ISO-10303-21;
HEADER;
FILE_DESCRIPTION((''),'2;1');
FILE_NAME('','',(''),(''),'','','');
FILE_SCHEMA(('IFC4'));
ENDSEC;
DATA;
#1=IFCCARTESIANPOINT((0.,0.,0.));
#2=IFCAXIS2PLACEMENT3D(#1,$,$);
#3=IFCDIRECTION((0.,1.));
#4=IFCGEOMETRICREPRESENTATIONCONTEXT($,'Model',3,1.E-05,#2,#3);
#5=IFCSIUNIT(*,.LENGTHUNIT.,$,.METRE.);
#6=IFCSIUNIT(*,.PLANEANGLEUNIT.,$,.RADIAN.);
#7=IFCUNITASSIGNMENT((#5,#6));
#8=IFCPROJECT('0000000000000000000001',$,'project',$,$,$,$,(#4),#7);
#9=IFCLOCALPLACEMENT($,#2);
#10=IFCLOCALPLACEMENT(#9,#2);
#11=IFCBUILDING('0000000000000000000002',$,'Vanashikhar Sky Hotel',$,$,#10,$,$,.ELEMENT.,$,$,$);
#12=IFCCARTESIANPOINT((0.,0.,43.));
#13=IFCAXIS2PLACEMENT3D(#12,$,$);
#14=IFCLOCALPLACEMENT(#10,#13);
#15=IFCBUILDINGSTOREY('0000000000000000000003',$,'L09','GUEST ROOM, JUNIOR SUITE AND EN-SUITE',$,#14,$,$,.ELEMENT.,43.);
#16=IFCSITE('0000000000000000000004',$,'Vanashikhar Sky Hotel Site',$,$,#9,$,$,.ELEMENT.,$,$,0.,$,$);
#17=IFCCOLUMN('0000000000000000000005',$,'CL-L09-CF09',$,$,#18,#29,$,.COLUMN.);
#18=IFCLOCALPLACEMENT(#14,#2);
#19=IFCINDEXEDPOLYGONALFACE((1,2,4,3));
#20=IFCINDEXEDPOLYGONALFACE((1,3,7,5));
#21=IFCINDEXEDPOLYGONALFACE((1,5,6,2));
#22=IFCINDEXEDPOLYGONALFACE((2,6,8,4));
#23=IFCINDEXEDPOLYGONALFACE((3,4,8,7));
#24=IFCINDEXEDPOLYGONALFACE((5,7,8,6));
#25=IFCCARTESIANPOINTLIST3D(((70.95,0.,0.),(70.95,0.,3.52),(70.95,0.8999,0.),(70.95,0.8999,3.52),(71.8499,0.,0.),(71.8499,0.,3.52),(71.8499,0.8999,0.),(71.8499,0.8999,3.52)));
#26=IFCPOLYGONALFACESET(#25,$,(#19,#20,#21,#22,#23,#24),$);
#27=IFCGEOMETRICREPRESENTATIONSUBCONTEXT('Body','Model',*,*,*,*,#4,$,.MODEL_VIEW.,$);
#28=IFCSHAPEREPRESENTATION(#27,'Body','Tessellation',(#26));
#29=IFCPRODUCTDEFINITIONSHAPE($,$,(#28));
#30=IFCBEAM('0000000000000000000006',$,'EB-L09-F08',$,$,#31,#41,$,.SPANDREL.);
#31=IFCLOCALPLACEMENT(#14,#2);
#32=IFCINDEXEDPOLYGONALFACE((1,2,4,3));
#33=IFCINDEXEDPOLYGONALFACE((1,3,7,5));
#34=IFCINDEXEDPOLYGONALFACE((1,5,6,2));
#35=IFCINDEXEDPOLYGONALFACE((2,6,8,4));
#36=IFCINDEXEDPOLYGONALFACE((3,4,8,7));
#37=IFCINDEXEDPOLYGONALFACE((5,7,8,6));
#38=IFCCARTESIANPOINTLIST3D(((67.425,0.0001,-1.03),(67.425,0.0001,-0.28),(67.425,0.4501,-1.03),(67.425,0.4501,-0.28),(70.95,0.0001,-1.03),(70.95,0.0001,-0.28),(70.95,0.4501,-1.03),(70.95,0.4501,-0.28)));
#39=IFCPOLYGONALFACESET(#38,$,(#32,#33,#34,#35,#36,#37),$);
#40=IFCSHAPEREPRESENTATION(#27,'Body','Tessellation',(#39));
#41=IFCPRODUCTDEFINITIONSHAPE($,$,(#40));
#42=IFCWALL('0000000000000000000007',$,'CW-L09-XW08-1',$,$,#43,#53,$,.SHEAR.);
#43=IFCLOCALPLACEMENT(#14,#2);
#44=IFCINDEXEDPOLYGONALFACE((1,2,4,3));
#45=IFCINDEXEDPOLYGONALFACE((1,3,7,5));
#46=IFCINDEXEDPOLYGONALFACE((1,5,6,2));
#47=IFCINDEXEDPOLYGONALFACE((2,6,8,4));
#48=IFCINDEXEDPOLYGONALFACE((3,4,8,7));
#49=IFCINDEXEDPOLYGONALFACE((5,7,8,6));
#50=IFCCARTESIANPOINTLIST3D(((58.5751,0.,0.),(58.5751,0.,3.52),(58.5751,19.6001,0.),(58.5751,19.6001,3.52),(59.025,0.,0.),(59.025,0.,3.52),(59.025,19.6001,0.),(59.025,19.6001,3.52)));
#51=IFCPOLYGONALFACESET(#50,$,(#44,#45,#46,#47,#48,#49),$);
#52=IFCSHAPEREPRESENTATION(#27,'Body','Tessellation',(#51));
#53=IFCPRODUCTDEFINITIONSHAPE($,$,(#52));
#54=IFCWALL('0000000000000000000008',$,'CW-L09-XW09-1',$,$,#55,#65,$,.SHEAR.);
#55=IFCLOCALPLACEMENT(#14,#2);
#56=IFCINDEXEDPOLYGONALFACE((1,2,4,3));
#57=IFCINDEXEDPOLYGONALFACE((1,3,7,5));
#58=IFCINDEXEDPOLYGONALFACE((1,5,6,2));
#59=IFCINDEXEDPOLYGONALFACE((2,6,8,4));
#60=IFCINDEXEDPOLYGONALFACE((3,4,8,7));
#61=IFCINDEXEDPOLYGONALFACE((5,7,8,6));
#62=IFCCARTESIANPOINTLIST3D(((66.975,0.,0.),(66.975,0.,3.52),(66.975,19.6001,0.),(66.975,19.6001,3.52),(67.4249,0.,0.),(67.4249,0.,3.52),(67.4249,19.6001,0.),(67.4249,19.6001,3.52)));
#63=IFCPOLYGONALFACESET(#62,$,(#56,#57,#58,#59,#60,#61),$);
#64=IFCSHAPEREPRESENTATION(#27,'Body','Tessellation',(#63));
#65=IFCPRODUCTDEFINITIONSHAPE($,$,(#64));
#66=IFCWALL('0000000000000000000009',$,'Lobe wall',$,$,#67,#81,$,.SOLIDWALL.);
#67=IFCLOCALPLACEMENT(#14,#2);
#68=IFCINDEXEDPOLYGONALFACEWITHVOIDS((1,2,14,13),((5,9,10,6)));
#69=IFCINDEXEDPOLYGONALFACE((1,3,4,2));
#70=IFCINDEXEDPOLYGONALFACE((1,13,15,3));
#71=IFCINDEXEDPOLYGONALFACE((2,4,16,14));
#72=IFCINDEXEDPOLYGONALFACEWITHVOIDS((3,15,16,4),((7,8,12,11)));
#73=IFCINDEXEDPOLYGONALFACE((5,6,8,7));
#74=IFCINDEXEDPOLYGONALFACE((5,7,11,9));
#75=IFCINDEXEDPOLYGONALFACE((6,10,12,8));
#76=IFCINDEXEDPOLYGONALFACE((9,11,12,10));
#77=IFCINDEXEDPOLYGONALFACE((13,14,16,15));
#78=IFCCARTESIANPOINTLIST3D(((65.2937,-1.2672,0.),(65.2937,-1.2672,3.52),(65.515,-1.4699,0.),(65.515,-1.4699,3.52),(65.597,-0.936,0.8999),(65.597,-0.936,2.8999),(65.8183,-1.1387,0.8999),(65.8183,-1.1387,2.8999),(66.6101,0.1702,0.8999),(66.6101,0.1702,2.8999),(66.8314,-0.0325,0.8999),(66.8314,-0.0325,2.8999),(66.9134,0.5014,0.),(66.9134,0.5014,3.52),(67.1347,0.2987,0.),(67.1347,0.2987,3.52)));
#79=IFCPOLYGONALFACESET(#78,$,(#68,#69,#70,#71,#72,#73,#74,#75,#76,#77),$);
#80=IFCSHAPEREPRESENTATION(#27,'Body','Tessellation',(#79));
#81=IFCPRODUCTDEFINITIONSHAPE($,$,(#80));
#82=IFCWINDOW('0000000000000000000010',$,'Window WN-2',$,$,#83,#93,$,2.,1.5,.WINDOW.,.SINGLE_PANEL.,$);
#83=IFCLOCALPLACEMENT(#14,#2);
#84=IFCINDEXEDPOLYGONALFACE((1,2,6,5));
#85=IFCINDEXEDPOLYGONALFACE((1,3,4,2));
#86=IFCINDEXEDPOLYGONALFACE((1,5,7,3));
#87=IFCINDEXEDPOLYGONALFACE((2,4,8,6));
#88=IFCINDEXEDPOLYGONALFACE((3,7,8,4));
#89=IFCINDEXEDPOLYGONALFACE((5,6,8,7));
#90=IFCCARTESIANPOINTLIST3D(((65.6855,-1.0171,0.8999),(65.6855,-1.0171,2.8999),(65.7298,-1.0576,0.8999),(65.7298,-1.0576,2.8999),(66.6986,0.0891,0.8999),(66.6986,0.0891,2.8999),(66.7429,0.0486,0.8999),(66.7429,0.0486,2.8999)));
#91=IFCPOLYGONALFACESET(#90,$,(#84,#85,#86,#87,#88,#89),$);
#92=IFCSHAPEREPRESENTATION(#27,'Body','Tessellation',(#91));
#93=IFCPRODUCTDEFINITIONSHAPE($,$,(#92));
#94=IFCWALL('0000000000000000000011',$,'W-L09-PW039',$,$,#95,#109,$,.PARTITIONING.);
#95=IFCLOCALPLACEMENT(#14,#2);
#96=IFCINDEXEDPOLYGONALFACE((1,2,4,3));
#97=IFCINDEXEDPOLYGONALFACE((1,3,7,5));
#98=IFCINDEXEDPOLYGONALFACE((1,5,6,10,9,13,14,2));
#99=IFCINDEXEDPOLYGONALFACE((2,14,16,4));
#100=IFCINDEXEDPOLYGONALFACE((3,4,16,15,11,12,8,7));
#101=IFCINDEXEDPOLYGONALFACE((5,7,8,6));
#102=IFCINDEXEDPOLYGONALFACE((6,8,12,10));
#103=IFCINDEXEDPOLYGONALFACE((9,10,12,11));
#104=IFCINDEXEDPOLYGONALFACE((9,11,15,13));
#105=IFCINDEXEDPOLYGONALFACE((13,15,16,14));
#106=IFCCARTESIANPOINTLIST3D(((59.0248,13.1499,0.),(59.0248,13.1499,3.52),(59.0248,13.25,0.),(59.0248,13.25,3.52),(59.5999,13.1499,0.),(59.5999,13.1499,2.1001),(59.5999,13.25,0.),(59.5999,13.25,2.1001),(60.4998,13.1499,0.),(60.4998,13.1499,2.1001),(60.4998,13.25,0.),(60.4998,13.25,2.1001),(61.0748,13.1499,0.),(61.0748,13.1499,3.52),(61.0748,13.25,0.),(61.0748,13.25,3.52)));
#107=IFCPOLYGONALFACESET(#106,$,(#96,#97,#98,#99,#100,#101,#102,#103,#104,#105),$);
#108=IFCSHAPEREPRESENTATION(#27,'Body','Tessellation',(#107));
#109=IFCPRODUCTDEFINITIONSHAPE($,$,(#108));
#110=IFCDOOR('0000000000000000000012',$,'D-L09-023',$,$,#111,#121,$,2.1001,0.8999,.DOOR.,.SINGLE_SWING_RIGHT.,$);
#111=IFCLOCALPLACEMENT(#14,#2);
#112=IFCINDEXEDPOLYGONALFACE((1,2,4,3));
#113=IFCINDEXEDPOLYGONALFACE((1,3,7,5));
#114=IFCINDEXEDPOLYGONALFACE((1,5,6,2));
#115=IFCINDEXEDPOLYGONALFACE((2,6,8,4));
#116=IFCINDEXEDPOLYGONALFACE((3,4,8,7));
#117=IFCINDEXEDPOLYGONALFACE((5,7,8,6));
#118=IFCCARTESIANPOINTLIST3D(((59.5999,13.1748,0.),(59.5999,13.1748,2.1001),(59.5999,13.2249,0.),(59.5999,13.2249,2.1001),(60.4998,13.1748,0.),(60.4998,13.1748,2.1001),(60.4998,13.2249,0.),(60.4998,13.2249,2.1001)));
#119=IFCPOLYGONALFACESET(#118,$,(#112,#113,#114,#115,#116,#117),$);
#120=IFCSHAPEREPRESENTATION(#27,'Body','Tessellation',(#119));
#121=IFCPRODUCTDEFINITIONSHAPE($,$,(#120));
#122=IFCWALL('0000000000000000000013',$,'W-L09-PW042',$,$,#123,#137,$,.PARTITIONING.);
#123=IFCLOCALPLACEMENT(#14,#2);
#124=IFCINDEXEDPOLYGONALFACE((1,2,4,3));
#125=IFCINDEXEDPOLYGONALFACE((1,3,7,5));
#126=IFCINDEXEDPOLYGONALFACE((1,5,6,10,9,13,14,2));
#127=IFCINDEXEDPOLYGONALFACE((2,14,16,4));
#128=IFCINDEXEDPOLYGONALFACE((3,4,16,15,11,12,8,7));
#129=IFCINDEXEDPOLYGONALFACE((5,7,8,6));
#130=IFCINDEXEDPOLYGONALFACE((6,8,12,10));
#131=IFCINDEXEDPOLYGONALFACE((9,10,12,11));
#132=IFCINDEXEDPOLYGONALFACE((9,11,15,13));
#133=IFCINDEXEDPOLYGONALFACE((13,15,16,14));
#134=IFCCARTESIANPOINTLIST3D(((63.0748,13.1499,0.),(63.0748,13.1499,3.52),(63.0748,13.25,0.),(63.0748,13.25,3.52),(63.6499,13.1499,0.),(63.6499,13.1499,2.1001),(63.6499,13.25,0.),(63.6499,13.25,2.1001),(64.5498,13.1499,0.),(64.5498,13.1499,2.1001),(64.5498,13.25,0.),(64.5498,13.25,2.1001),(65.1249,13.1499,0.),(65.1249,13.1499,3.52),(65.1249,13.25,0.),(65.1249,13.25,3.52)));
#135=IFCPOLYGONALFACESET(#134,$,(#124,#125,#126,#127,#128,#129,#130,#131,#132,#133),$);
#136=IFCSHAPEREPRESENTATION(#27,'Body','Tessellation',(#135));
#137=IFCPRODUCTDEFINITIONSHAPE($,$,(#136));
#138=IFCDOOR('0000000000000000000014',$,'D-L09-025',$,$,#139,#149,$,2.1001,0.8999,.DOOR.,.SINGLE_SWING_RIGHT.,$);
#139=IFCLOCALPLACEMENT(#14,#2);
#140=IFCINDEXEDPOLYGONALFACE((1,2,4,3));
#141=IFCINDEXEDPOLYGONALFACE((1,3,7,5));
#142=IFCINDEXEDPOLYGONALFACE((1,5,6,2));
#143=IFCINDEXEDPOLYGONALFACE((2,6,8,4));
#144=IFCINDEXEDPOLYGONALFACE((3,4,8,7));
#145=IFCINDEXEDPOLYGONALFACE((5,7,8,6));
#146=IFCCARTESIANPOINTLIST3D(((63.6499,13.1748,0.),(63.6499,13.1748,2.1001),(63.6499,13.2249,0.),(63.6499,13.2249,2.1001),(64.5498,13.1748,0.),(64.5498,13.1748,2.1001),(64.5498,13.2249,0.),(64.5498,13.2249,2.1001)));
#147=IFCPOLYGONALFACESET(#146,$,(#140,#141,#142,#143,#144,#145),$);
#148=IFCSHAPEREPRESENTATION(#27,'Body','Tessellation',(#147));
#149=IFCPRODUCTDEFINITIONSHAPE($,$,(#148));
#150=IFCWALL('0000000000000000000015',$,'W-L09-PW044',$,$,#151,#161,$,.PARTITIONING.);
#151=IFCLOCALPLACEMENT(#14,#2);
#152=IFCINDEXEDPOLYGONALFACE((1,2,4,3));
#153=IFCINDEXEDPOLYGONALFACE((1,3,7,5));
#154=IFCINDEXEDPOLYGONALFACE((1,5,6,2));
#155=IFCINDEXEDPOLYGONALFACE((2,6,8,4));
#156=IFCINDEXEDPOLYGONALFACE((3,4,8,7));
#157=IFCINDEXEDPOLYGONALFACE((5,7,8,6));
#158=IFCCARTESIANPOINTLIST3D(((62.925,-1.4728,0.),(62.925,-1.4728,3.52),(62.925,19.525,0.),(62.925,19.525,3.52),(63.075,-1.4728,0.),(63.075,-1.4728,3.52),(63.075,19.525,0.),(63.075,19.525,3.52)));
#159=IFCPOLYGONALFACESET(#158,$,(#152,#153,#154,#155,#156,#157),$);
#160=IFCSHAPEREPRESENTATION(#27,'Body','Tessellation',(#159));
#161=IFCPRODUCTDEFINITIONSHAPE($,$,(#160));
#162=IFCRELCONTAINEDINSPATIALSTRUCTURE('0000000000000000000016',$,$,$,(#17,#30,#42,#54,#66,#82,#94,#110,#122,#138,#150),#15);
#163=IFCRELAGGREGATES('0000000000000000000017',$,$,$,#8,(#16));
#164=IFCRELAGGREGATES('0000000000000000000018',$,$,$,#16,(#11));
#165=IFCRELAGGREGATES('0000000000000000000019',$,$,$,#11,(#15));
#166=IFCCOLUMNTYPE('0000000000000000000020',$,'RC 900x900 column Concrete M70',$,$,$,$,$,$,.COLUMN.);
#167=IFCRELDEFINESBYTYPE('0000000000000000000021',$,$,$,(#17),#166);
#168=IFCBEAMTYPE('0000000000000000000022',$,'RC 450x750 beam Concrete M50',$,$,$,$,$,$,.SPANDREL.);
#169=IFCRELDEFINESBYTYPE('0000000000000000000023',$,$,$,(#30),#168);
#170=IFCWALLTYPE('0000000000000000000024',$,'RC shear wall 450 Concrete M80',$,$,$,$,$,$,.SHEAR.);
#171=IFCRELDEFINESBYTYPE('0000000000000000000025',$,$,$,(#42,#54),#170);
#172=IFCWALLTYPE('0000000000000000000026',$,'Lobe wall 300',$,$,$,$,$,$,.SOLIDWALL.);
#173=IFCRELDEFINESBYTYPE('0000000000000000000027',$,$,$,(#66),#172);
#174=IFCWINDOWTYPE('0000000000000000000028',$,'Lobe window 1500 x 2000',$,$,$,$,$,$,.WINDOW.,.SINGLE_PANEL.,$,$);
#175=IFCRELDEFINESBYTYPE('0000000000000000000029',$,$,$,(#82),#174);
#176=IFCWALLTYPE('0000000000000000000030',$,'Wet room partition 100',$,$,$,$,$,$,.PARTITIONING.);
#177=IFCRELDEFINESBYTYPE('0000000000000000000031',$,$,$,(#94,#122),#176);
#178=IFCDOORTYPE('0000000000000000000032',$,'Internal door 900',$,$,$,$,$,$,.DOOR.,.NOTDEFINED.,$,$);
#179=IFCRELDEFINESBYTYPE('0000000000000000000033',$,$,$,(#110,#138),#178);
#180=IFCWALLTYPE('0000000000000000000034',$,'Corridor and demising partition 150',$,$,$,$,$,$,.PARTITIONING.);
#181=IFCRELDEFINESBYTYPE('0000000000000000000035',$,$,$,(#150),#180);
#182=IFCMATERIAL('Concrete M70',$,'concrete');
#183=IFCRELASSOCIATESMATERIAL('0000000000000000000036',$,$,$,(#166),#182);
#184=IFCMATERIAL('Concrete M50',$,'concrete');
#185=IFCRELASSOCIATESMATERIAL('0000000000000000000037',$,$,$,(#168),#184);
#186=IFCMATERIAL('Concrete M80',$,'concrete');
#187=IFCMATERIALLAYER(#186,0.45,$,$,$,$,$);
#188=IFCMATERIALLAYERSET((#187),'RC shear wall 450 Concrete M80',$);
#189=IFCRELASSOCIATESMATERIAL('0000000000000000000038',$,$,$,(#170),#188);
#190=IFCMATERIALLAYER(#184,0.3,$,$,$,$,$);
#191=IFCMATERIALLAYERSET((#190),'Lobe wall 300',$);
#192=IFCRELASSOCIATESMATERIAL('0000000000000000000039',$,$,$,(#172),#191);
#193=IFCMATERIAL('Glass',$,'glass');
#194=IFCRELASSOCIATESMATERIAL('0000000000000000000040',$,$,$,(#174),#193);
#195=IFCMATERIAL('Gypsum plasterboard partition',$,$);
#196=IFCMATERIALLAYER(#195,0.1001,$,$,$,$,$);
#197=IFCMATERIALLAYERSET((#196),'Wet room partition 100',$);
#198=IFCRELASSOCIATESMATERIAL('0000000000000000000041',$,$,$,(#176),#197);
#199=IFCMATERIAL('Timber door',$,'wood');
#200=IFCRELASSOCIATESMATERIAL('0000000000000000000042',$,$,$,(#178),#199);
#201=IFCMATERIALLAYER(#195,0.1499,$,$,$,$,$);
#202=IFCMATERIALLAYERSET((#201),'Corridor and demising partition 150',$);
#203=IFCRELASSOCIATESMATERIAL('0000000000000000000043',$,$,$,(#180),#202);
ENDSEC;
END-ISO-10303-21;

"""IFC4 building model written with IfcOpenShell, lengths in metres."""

from ifc_helpers import new_model, si_unit, direction, frame, frame_2d, origin, origin_2d, place, context, subcontext, project, spatial, rectangle, extrude, source, transform, mapped, material, layer, layer_set, material_profile, profile_set, type_object, element, fill, save


model = new_model("IFC4")

# Units and contexts
model_context = context("Model", 3, precision=1e-05, world=origin(), true_north=direction((0.0, 1.0)))
body_context = subcontext(model_context, "Body", "Model", "MODEL_VIEW")
ifc_project = project(units=[si_unit("LENGTHUNIT", "METRE"), si_unit("PLANEANGLEUNIT", "RADIAN")], contexts=[model_context])

# Site, building, storey
site_placement = place(None, origin())
site = spatial("IfcSite", under=ifc_project, at=site_placement, Name="Vanashikhar Sky Hotel Site", CompositionType="ELEMENT", RefElevation=0.0)
building_placement = place(site_placement, origin())
building = spatial("IfcBuilding", under=site, at=building_placement, Name="Vanashikhar Sky Hotel", CompositionType="ELEMENT")
storey_placement = place(building_placement, frame((0.0, 0.0, 43.0)))
storey = spatial("IfcBuildingStorey", under=building, at=storey_placement, Name="L09", Description="GUEST ROOM, JUNIOR SUITE AND EN-SUITE", CompositionType="ELEMENT", Elevation=43.0)

# Column
ifc_material_1 = material(Name="Concrete M70", Category="concrete")
ifc_material_profile_1 = material_profile(ifc_material_1, rectangle(XDim=0.8999, YDim=0.8999, at=origin_2d()))
ifc_profile_set_1 = profile_set([ifc_material_profile_1], Name="RC 900x900 column Concrete M70")
column_type = type_object("IfcColumnType", Name="RC 900x900 column Concrete M70", PredefinedType="COLUMN", material=ifc_profile_set_1)
shared_shape_1 = source(origin(), body_context, "Body", "SweptSolid", [
    extrude(rectangle(XDim=0.8999, YDim=0.8999, at=origin_2d()), origin(), (0.0, 0.0, 1.0), 3.52),
])
column_placement = place(storey_placement, frame((71.3999, 0.45, 0.0), z_axis=(0.0, 0.0, 1.0), x_axis=(1.0, 0.0, 0.0)))
element("IfcColumn", 1, at=column_placement, inside=storey, type_object=column_type, Name="CL-L09-CF09", PredefinedType="COLUMN", context=body_context, shape_type="MappedRepresentation", body=[
    mapped(shared_shape_1, transform((0.0, 0.0, 0.0), scale=1.0)),
])

# Beam
ifc_material_2 = material(Name="Concrete M50", Category="concrete")
ifc_material_profile_2 = material_profile(ifc_material_2, rectangle(XDim=0.45, YDim=0.75, at=origin_2d()))
ifc_profile_set_2 = profile_set([ifc_material_profile_2], Name="RC 450x750 beam Concrete M50")
beam_type = type_object("IfcBeamType", Name="RC 450x750 beam Concrete M50", PredefinedType="SPANDREL", material=ifc_profile_set_2)
shared_shape_2 = source(origin(), body_context, "Body", "SweptSolid", [
    extrude(rectangle(XDim=0.45, YDim=0.75, at=origin_2d()), origin(), (0.0, 0.0, 1.0), 3.5249),
])
beam_placement = place(storey_placement, frame((67.425, 0.2251, -0.655), z_axis=(1.0, 0.0, 0.0), x_axis=(0.0, 1.0, 0.0)))
element("IfcBeam", 2, at=beam_placement, inside=storey, type_object=beam_type, Name="EB-L09-F08", PredefinedType="SPANDREL", context=body_context, shape_type="MappedRepresentation", body=[
    mapped(shared_shape_2, transform((0.0, 0.0, 0.0), scale=1.0)),
])

# Walls
ifc_material_3 = material(Name="Concrete M80", Category="concrete")
ifc_layer_1 = layer(ifc_material_3, 0.45)
ifc_layer_set_1 = layer_set([ifc_layer_1], Name="RC shear wall 450 Concrete M80")
wall_type_1 = type_object("IfcWallType", Name="RC shear wall 450 Concrete M80", PredefinedType="SHEAR", material=ifc_layer_set_1)
shared_shape_3 = source(origin(), body_context, "Body", "SweptSolid", [
    extrude(rectangle(XDim=19.6001, YDim=0.45, at=frame_2d((9.8, 0.0))), origin(), (0.0, 0.0, 1.0), 3.52),
])
for number, where, z_axis, x_axis, name in (
    (3, (58.8, 0.0, 0.0), (0.0, 0.0, 1.0), (0.0, 1.0, 0.0), "CW-L09-XW08-1"),
    (4, (67.2, 0.0, 0.0), (0.0, 0.0, 1.0), (0.0, 1.0, 0.0), "CW-L09-XW09-1"),
):
    element("IfcWall", number, at=place(storey_placement, frame(where, z_axis=z_axis, x_axis=x_axis)), inside=storey, type_object=wall_type_1, Name=name, PredefinedType="SHEAR", context=body_context, shape_type="MappedRepresentation", body=[
        mapped(shared_shape_3, transform((0.0, 0.0, 0.0), scale=1.0)),
    ])

# Wall, opening, window
ifc_layer_2 = layer(ifc_material_2, 0.3)
ifc_layer_set_2 = layer_set([ifc_layer_2], Name="Lobe wall 300")
wall_type_2 = type_object("IfcWallType", Name="Lobe wall 300", PredefinedType="SOLIDWALL", material=ifc_layer_set_2)
shared_shape_4 = source(origin(), body_context, "Body", "SweptSolid", [
    extrude(rectangle(XDim=2.3982, YDim=0.3, at=frame_2d((1.1992, 0.0))), origin(), (0.0, 0.0, 1.0), 3.52),
])
wall_1_placement = place(storey_placement, frame((65.4043, -1.3687, 0.0), z_axis=(0.0, 0.0, 1.0), x_axis=(0.675374, 0.737475, 0.0)))
wall_1 = element("IfcWall", 5, at=wall_1_placement, inside=storey, type_object=wall_type_2, Name="Lobe wall", PredefinedType="SOLIDWALL", context=body_context, shape_type="MappedRepresentation", body=[
    mapped(shared_shape_4, transform((0.0, 0.0, 0.0), scale=1.0)),
])
shared_shape_5 = source(origin(), body_context, "Body", "SweptSolid", [
    extrude(rectangle(XDim=1.5, YDim=2.0, at=frame_2d((0.75, 1.0))), frame((0.0, 0.1602, 0.0), z_axis=(0.0, -1.0, 0.0), x_axis=(1.0, 0.0, 0.0)), (0.0, 0.0, 1.0), 0.3201),
])
opening_1_placement = place(wall_1_placement, frame((0.4492, 0.0, 0.8999)))
opening_1 = element("IfcOpeningElement", 6, at=opening_1_placement, cuts=wall_1, PredefinedType="OPENING", context=body_context, shape_type="MappedRepresentation", body=[
    mapped(shared_shape_5, transform((0.0, 0.0, 0.0), scale=1.0)),
])
ifc_material_4 = material(Name="Glass", Category="glass")
window_type_1 = type_object("IfcWindowType", Name="Lobe window 1500 x 2000", PartitioningType="SINGLE_PANEL", PredefinedType="WINDOW", material=ifc_material_4)
shared_shape_6 = source(origin(), body_context, "Body", "SweptSolid", [
    extrude(rectangle(XDim=1.5, YDim=2.0, at=frame_2d((0.75, 1.0))), frame((0.0, 0.03, 0.0), z_axis=(0.0, -1.0, 0.0), x_axis=(1.0, 0.0, 0.0)), (0.0, 0.0, 1.0), 0.0601),
])
window_1_placement = place(opening_1_placement, origin())
window_1 = element("IfcWindow", 7, at=window_1_placement, inside=storey, type_object=window_type_1, Name="Window WN-2", OverallHeight=2.0, OverallWidth=1.5, PartitioningType="SINGLE_PANEL", PredefinedType="WINDOW", context=body_context, shape_type="MappedRepresentation", body=[
    mapped(shared_shape_6, transform((0.0, 0.0, 0.0), scale=1.0)),
])
fill(opening_1, window_1)

# Walls, openings, doors
ifc_material_5 = material(Name="Gypsum plasterboard partition")
ifc_layer_3 = layer(ifc_material_5, 0.1001)
ifc_layer_set_3 = layer_set([ifc_layer_3], Name="Wet room partition 100")
wall_type_3 = type_object("IfcWallType", Name="Wet room partition 100", PredefinedType="PARTITIONING", material=ifc_layer_set_3)
shared_shape_7 = source(origin(), body_context, "Body", "SweptSolid", [
    extrude(rectangle(XDim=2.05, YDim=0.1001, at=frame_2d((1.0249, 0.0))), origin(), (0.0, 0.0, 1.0), 3.52),
])
wall_2_placement = place(storey_placement, frame((59.0249, 13.2, 0.0), z_axis=(0.0, 0.0, 1.0), x_axis=(1.0, 0.0, 0.0)))
wall_2 = element("IfcWall", 8, at=wall_2_placement, inside=storey, type_object=wall_type_3, Name="W-L09-PW039", PredefinedType="PARTITIONING", context=body_context, shape_type="MappedRepresentation", body=[
    mapped(shared_shape_7, transform((0.0, 0.0, 0.0), scale=1.0)),
])
shared_shape_8 = source(origin(), body_context, "Body", "SweptSolid", [
    extrude(rectangle(XDim=0.8999, YDim=2.1001, at=frame_2d((0.45, 1.05))), frame((0.0, 0.0601, 0.0), z_axis=(0.0, -1.0, 0.0), x_axis=(1.0, 0.0, 0.0)), (0.0, 0.0, 1.0), 0.1201),
])
opening_2_placement = place(wall_2_placement, frame((0.575, 0.0, 0.0)))
opening_2 = element("IfcOpeningElement", 9, at=opening_2_placement, cuts=wall_2, PredefinedType="OPENING", context=body_context, shape_type="MappedRepresentation", body=[
    mapped(shared_shape_8, transform((0.0, 0.0, 0.0), scale=1.0)),
])
ifc_material_6 = material(Name="Timber door", Category="wood")
door_type_1 = type_object("IfcDoorType", Name="Internal door 900", OperationType="NOTDEFINED", PredefinedType="DOOR", material=ifc_material_6)
shared_shape_9 = source(origin(), body_context, "Body", "SweptSolid", [
    extrude(rectangle(XDim=0.8999, YDim=2.1001, at=frame_2d((0.45, 1.05))), frame((0.0, 0.0249, 0.0), z_axis=(0.0, -1.0, 0.0), x_axis=(1.0, 0.0, 0.0)), (0.0, 0.0, 1.0), 0.05),
])
door_1_placement = place(opening_2_placement, origin())
door_1 = element("IfcDoor", 10, at=door_1_placement, inside=storey, type_object=door_type_1, Name="D-L09-023", OperationType="SINGLE_SWING_RIGHT", OverallHeight=2.1001, OverallWidth=0.8999, PredefinedType="DOOR", context=body_context, shape_type="MappedRepresentation", body=[
    mapped(shared_shape_9, transform((0.0, 0.0, 0.0), scale=1.0)),
])
fill(opening_2, door_1)
wall_3_placement = place(storey_placement, frame((63.075, 13.2, 0.0), z_axis=(0.0, 0.0, 1.0), x_axis=(1.0, 0.0, 0.0)))
wall_3 = element("IfcWall", 11, at=wall_3_placement, inside=storey, type_object=wall_type_3, Name="W-L09-PW042", PredefinedType="PARTITIONING", context=body_context, shape_type="MappedRepresentation", body=[
    mapped(shared_shape_7, transform((0.0, 0.0, 0.0), scale=1.0)),
])
opening_3_placement = place(wall_3_placement, frame((0.575, 0.0, 0.0)))
opening_3 = element("IfcOpeningElement", 12, at=opening_3_placement, cuts=wall_3, PredefinedType="OPENING", context=body_context, shape_type="MappedRepresentation", body=[
    mapped(shared_shape_8, transform((0.0, 0.0, 0.0), scale=1.0)),
])
door_2_placement = place(opening_3_placement, origin())
door_2 = element("IfcDoor", 13, at=door_2_placement, inside=storey, type_object=door_type_1, Name="D-L09-025", OperationType="SINGLE_SWING_RIGHT", OverallHeight=2.1001, OverallWidth=0.8999, PredefinedType="DOOR", context=body_context, shape_type="MappedRepresentation", body=[
    mapped(shared_shape_9, transform((0.0, 0.0, 0.0), scale=1.0)),
])
fill(opening_3, door_2)

# Wall
ifc_layer_4 = layer(ifc_material_5, 0.1499)
ifc_layer_set_4 = layer_set([ifc_layer_4], Name="Corridor and demising partition 150")
wall_type_4 = type_object("IfcWallType", Name="Corridor and demising partition 150", PredefinedType="PARTITIONING", material=ifc_layer_set_4)
shared_shape_10 = source(origin(), body_context, "Body", "SweptSolid", [
    extrude(rectangle(XDim=20.9978, YDim=0.1499, at=frame_2d((10.499, 0.0))), origin(), (0.0, 0.0, 1.0), 3.52),
])
wall_4_placement = place(storey_placement, frame((63.0, -1.4729, 0.0), z_axis=(0.0, 0.0, 1.0), x_axis=(0.0, 1.0, 0.0)))
element("IfcWall", 14, at=wall_4_placement, inside=storey, type_object=wall_type_4, Name="W-L09-PW044", PredefinedType="PARTITIONING", context=body_context, shape_type="MappedRepresentation", body=[
    mapped(shared_shape_10, transform((0.0, 0.0, 0.0), scale=1.0)),
])

save(model, "model.ifc")
